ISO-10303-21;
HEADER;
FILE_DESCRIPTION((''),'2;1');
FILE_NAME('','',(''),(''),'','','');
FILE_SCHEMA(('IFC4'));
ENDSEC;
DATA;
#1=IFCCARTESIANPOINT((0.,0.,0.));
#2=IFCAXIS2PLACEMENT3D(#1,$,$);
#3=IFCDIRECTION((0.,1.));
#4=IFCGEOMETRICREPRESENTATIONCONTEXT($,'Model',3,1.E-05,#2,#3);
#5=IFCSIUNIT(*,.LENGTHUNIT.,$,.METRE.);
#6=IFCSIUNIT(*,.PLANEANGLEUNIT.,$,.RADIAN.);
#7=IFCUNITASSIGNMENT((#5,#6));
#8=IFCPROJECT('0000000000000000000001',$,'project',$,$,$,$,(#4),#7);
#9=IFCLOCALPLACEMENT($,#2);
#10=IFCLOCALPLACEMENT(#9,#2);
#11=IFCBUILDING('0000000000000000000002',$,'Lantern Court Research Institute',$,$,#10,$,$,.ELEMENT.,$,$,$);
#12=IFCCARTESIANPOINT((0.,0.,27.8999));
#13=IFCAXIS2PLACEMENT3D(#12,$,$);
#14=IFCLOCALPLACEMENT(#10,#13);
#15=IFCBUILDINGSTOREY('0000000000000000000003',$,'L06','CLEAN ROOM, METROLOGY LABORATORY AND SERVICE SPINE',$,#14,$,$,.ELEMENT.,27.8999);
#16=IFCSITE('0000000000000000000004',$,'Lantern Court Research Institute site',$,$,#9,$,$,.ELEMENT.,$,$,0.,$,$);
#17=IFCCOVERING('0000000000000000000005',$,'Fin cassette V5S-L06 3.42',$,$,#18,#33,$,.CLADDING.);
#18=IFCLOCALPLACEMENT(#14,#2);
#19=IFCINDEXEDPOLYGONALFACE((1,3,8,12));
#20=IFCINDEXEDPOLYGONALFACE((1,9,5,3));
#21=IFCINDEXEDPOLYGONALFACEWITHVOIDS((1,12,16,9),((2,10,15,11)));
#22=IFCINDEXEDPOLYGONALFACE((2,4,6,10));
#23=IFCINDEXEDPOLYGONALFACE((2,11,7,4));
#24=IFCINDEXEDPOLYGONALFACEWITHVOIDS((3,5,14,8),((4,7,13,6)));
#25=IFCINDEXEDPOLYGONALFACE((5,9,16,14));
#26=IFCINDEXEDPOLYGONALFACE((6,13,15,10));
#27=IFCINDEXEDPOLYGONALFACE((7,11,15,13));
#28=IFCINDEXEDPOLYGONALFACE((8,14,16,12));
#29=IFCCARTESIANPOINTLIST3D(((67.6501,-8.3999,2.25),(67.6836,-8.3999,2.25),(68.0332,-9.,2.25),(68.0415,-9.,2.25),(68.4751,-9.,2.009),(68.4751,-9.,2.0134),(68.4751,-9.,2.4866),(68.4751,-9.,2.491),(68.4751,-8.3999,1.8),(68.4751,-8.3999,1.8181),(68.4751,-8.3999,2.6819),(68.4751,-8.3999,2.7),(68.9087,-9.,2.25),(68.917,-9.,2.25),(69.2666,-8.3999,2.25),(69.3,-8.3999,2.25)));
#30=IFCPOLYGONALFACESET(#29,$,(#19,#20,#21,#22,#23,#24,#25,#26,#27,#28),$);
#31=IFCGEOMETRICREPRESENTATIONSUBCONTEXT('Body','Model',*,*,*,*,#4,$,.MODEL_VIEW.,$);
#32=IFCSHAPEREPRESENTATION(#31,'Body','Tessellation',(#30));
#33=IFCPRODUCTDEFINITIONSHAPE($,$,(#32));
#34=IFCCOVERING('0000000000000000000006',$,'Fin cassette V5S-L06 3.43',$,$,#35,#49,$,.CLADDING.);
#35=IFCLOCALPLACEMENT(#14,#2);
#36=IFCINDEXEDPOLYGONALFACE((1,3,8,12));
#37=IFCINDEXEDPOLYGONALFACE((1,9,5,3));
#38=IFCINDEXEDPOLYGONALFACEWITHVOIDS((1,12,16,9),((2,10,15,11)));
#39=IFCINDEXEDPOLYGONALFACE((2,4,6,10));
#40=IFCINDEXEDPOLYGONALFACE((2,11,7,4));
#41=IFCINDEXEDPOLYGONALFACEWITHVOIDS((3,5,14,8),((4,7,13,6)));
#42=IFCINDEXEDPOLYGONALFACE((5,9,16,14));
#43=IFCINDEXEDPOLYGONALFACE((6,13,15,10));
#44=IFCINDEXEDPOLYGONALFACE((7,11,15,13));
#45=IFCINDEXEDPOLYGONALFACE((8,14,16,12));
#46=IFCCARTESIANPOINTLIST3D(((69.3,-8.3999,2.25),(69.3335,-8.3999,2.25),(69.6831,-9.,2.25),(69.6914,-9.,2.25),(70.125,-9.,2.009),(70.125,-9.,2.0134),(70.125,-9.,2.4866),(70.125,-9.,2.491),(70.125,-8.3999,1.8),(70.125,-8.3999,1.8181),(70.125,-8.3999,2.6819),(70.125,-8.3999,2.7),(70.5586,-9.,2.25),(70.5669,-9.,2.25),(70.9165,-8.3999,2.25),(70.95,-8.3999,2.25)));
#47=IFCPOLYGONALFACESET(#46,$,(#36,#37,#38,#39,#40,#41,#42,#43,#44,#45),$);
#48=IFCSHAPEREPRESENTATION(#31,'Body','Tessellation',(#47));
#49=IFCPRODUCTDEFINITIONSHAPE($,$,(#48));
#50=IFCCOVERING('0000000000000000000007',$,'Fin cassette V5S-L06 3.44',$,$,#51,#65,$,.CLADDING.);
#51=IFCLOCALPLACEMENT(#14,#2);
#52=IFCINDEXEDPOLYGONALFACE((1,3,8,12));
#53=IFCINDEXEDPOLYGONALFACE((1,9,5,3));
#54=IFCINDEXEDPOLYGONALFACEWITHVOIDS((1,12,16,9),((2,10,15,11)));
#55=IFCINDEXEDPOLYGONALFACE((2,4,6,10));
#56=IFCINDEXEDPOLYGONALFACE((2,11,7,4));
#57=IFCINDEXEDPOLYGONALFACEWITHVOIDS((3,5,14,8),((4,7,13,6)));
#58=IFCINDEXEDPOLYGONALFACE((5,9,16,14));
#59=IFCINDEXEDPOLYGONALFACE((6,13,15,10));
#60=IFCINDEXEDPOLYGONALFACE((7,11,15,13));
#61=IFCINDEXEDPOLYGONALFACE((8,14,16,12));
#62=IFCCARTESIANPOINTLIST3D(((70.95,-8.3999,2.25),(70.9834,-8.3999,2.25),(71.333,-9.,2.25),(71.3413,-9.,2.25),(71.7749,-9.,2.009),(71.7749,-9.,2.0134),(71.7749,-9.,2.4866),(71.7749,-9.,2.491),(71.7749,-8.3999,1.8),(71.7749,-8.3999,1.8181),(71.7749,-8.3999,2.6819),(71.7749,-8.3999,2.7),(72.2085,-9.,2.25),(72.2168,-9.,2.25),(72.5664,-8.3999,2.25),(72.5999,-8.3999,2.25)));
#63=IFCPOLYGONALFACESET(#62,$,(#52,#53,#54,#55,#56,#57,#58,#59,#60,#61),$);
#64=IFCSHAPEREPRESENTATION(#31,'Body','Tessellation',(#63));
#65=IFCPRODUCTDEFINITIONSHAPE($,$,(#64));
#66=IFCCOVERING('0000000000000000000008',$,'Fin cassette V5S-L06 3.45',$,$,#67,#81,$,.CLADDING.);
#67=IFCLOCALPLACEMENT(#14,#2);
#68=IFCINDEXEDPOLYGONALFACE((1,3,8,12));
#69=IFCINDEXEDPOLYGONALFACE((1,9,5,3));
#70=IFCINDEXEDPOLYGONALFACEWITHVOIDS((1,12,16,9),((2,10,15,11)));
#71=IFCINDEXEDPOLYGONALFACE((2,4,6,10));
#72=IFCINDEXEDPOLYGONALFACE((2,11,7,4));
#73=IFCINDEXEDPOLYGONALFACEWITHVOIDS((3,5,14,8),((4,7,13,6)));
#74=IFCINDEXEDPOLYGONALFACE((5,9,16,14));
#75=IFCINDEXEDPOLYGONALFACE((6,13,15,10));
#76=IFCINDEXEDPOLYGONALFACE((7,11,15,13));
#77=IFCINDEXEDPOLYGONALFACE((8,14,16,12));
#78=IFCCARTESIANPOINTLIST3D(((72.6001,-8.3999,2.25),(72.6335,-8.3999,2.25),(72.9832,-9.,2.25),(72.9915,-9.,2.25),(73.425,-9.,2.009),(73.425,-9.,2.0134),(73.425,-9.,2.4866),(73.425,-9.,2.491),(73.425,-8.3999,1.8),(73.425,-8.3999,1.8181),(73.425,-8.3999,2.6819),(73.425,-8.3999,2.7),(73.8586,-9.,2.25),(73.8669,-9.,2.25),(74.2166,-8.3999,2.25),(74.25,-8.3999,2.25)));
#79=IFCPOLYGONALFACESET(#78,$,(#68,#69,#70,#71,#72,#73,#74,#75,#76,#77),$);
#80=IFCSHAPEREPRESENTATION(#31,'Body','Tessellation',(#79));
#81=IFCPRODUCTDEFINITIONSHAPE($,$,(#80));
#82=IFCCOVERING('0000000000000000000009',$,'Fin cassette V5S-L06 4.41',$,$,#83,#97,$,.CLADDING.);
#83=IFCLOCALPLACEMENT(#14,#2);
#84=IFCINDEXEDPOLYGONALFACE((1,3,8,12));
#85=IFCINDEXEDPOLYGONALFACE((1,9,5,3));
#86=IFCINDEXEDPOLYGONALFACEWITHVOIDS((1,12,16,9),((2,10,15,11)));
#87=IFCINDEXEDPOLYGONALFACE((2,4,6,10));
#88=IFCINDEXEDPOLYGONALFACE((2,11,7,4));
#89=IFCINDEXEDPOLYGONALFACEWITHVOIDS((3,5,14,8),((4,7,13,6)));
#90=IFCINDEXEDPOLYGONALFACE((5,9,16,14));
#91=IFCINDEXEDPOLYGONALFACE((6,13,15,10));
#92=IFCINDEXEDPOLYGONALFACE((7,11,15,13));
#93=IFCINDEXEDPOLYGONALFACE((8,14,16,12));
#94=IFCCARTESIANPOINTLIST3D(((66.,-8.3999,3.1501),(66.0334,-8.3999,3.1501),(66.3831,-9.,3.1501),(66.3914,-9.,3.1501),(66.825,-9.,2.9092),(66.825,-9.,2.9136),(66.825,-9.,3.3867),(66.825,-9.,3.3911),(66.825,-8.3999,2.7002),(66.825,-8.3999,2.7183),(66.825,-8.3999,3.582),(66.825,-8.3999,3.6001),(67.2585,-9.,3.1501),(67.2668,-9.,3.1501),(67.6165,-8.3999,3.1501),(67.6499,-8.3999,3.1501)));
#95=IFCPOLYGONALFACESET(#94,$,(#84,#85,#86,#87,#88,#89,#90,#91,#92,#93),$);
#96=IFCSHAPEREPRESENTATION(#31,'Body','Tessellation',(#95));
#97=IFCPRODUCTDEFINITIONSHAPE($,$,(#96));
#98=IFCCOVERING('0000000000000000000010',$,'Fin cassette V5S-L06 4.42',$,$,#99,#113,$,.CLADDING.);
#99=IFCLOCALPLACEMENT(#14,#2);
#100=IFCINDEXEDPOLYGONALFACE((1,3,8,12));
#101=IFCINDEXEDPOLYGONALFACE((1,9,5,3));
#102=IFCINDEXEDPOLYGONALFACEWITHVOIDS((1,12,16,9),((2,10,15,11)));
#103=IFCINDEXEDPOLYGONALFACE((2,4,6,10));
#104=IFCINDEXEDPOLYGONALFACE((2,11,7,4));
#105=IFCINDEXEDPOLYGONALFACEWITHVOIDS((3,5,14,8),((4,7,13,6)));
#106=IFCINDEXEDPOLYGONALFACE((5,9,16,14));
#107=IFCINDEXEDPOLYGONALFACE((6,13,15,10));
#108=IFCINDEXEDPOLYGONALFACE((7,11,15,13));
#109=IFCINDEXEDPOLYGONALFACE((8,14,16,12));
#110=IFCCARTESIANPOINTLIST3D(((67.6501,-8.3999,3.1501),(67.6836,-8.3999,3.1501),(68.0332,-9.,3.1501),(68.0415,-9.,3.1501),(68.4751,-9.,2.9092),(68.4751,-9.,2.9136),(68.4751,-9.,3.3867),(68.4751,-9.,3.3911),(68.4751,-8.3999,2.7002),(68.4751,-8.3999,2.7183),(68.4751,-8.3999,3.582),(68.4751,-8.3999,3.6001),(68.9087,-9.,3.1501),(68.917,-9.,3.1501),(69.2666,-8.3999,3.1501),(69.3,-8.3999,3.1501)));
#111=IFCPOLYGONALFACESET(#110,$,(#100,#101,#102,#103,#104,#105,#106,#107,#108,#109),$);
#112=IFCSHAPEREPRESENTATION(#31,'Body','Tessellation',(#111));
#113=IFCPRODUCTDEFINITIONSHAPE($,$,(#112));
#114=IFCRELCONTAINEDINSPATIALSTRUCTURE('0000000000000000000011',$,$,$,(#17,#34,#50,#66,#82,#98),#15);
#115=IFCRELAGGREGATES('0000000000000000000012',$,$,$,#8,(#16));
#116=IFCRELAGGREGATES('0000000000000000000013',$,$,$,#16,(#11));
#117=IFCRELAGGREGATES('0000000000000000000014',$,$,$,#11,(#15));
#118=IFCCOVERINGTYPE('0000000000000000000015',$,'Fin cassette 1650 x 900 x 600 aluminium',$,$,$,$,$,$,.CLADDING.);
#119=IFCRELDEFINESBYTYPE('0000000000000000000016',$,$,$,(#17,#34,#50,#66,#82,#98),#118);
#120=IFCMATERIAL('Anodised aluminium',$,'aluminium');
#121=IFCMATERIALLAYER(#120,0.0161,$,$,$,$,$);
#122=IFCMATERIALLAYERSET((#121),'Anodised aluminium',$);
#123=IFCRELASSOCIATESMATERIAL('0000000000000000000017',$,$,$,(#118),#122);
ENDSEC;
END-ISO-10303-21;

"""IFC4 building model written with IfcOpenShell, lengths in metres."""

from ifc_helpers import new_model, entity, si_unit, direction, frame, origin, place, context, subcontext, project, spatial, material, layer, layer_set, type_object, element, save


model = new_model("IFC4")

# Units and contexts
model_context = context("Model", 3, precision=1e-05, world=origin(), true_north=direction((0.0, 1.0)))
body_context = subcontext(model_context, "Body", "Model", "MODEL_VIEW")
ifc_project = project(units=[si_unit("LENGTHUNIT", "METRE"), si_unit("PLANEANGLEUNIT", "RADIAN")], contexts=[model_context])

# Site, building, storey
site_placement = place(None, origin())
site = spatial("IfcSite", under=ifc_project, at=site_placement, Name="Lantern Court Research Institute site", CompositionType="ELEMENT", RefElevation=0.0)
building_placement = place(site_placement, origin())
building = spatial("IfcBuilding", under=site, at=building_placement, Name="Lantern Court Research Institute", CompositionType="ELEMENT")
storey_placement = place(building_placement, frame((0.0, 0.0, 27.8999)))
storey = spatial("IfcBuildingStorey", under=building, at=storey_placement, Name="L06", Description="CLEAN ROOM, METROLOGY LABORATORY AND SERVICE SPINE", CompositionType="ELEMENT", Elevation=27.8999)

# Coverings
ifc_material_1 = material(Name="Anodised aluminium", Category="aluminium")
ifc_layer_1 = layer(ifc_material_1, 0.0161)
ifc_layer_set_1 = layer_set([ifc_layer_1], Name="Anodised aluminium")
covering_type = type_object("IfcCoveringType", Name="Fin cassette 1650 x 900 x 600 aluminium", PredefinedType="CLADDING", material=ifc_layer_set_1)
covering_1_placement = place(storey_placement, frame((68.4751, -8.3999, 2.25), z_axis=(0.0, -1.0, 0.0), x_axis=(1.0, 0.0, 0.0)))
cartesian_point_1 = entity("IfcCartesianPoint", [0.825, 0.0])
cartesian_point_2 = entity("IfcCartesianPoint", [0.7915, 0.0])
cartesian_point_3 = entity("IfcCartesianPoint", [0.4419, 0.0])
cartesian_point_4 = entity("IfcCartesianPoint", [0.4336, 0.0])
element("IfcCovering", 1, at=covering_1_placement, inside=storey, type_object=covering_type, Name="Fin cassette V5S-L06 3.42", PredefinedType="CLADDING", context=body_context, shape_type="SweptSolid", body=[
    entity("IfcExtrudedAreaSolidTapered", entity("IfcArbitraryProfileDefWithVoids", "AREA", None, entity("IfcPolyline", [cartesian_point_1, entity("IfcCartesianPoint", [0.0, 0.45]), entity("IfcCartesianPoint", [-0.825, 0.0]), entity("IfcCartesianPoint", [0.0, -0.45]), cartesian_point_1]), [entity("IfcPolyline", [cartesian_point_2, entity("IfcCartesianPoint", [0.0, 0.4319]), entity("IfcCartesianPoint", [-0.7915, 0.0]), entity("IfcCartesianPoint", [0.0, -0.4319]), cartesian_point_2])]), entity("IfcAxis2Placement3D", entity("IfcCartesianPoint", [0.0, 0.0, 0.0])), entity("IfcDirection", [0.0, 0.0, 1.0]), 0.6001, entity("IfcArbitraryProfileDefWithVoids", "AREA", None, entity("IfcPolyline", [cartesian_point_3, entity("IfcCartesianPoint", [0.0, 0.241]), entity("IfcCartesianPoint", [-0.4419, 0.0]), entity("IfcCartesianPoint", [0.0, -0.241]), cartesian_point_3]), [entity("IfcPolyline", [cartesian_point_4, entity("IfcCartesianPoint", [0.0, 0.2366]), entity("IfcCartesianPoint", [-0.4336, 0.0]), entity("IfcCartesianPoint", [0.0, -0.2366]), cartesian_point_4])])),
])
covering_2_placement = place(storey_placement, frame((70.125, -8.3999, 2.25), z_axis=(0.0, -1.0, 0.0), x_axis=(1.0, 0.0, 0.0)))
cartesian_point_5 = entity("IfcCartesianPoint", [0.825, 0.0])
cartesian_point_6 = entity("IfcCartesianPoint", [0.7915, 0.0])
cartesian_point_7 = entity("IfcCartesianPoint", [0.4419, 0.0])
cartesian_point_8 = entity("IfcCartesianPoint", [0.4336, 0.0])
element("IfcCovering", 2, at=covering_2_placement, inside=storey, type_object=covering_type, Name="Fin cassette V5S-L06 3.43", PredefinedType="CLADDING", context=body_context, shape_type="SweptSolid", body=[
    entity("IfcExtrudedAreaSolidTapered", entity("IfcArbitraryProfileDefWithVoids", "AREA", None, entity("IfcPolyline", [cartesian_point_5, entity("IfcCartesianPoint", [0.0, 0.45]), entity("IfcCartesianPoint", [-0.825, 0.0]), entity("IfcCartesianPoint", [0.0, -0.45]), cartesian_point_5]), [entity("IfcPolyline", [cartesian_point_6, entity("IfcCartesianPoint", [0.0, 0.4319]), entity("IfcCartesianPoint", [-0.7915, 0.0]), entity("IfcCartesianPoint", [0.0, -0.4319]), cartesian_point_6])]), entity("IfcAxis2Placement3D", entity("IfcCartesianPoint", [0.0, 0.0, 0.0])), entity("IfcDirection", [0.0, 0.0, 1.0]), 0.6001, entity("IfcArbitraryProfileDefWithVoids", "AREA", None, entity("IfcPolyline", [cartesian_point_7, entity("IfcCartesianPoint", [0.0, 0.241]), entity("IfcCartesianPoint", [-0.4419, 0.0]), entity("IfcCartesianPoint", [0.0, -0.241]), cartesian_point_7]), [entity("IfcPolyline", [cartesian_point_8, entity("IfcCartesianPoint", [0.0, 0.2366]), entity("IfcCartesianPoint", [-0.4336, 0.0]), entity("IfcCartesianPoint", [0.0, -0.2366]), cartesian_point_8])])),
])
covering_3_placement = place(storey_placement, frame((71.7749, -8.3999, 2.25), z_axis=(0.0, -1.0, 0.0), x_axis=(1.0, 0.0, 0.0)))
cartesian_point_9 = entity("IfcCartesianPoint", [0.825, 0.0])
cartesian_point_10 = entity("IfcCartesianPoint", [0.7915, 0.0])
cartesian_point_11 = entity("IfcCartesianPoint", [0.4419, 0.0])
cartesian_point_12 = entity("IfcCartesianPoint", [0.4336, 0.0])
element("IfcCovering", 3, at=covering_3_placement, inside=storey, type_object=covering_type, Name="Fin cassette V5S-L06 3.44", PredefinedType="CLADDING", context=body_context, shape_type="SweptSolid", body=[
    entity("IfcExtrudedAreaSolidTapered", entity("IfcArbitraryProfileDefWithVoids", "AREA", None, entity("IfcPolyline", [cartesian_point_9, entity("IfcCartesianPoint", [0.0, 0.45]), entity("IfcCartesianPoint", [-0.825, 0.0]), entity("IfcCartesianPoint", [0.0, -0.45]), cartesian_point_9]), [entity("IfcPolyline", [cartesian_point_10, entity("IfcCartesianPoint", [0.0, 0.4319]), entity("IfcCartesianPoint", [-0.7915, 0.0]), entity("IfcCartesianPoint", [0.0, -0.4319]), cartesian_point_10])]), entity("IfcAxis2Placement3D", entity("IfcCartesianPoint", [0.0, 0.0, 0.0])), entity("IfcDirection", [0.0, 0.0, 1.0]), 0.6001, entity("IfcArbitraryProfileDefWithVoids", "AREA", None, entity("IfcPolyline", [cartesian_point_11, entity("IfcCartesianPoint", [0.0, 0.241]), entity("IfcCartesianPoint", [-0.4419, 0.0]), entity("IfcCartesianPoint", [0.0, -0.241]), cartesian_point_11]), [entity("IfcPolyline", [cartesian_point_12, entity("IfcCartesianPoint", [0.0, 0.2366]), entity("IfcCartesianPoint", [-0.4336, 0.0]), entity("IfcCartesianPoint", [0.0, -0.2366]), cartesian_point_12])])),
])
covering_4_placement = place(storey_placement, frame((73.425, -8.3999, 2.25), z_axis=(0.0, -1.0, 0.0), x_axis=(1.0, 0.0, 0.0)))
cartesian_point_13 = entity("IfcCartesianPoint", [0.825, 0.0])
cartesian_point_14 = entity("IfcCartesianPoint", [0.7915, 0.0])
cartesian_point_15 = entity("IfcCartesianPoint", [0.4419, 0.0])
cartesian_point_16 = entity("IfcCartesianPoint", [0.4336, 0.0])
element("IfcCovering", 4, at=covering_4_placement, inside=storey, type_object=covering_type, Name="Fin cassette V5S-L06 3.45", PredefinedType="CLADDING", context=body_context, shape_type="SweptSolid", body=[
    entity("IfcExtrudedAreaSolidTapered", entity("IfcArbitraryProfileDefWithVoids", "AREA", None, entity("IfcPolyline", [cartesian_point_13, entity("IfcCartesianPoint", [0.0, 0.45]), entity("IfcCartesianPoint", [-0.825, 0.0]), entity("IfcCartesianPoint", [0.0, -0.45]), cartesian_point_13]), [entity("IfcPolyline", [cartesian_point_14, entity("IfcCartesianPoint", [0.0, 0.4319]), entity("IfcCartesianPoint", [-0.7915, 0.0]), entity("IfcCartesianPoint", [0.0, -0.4319]), cartesian_point_14])]), entity("IfcAxis2Placement3D", entity("IfcCartesianPoint", [0.0, 0.0, 0.0])), entity("IfcDirection", [0.0, 0.0, 1.0]), 0.6001, entity("IfcArbitraryProfileDefWithVoids", "AREA", None, entity("IfcPolyline", [cartesian_point_15, entity("IfcCartesianPoint", [0.0, 0.241]), entity("IfcCartesianPoint", [-0.4419, 0.0]), entity("IfcCartesianPoint", [0.0, -0.241]), cartesian_point_15]), [entity("IfcPolyline", [cartesian_point_16, entity("IfcCartesianPoint", [0.0, 0.2366]), entity("IfcCartesianPoint", [-0.4336, 0.0]), entity("IfcCartesianPoint", [0.0, -0.2366]), cartesian_point_16])])),
])
covering_5_placement = place(storey_placement, frame((66.825, -8.3999, 3.1501), z_axis=(0.0, -1.0, 0.0), x_axis=(1.0, 0.0, 0.0)))
cartesian_point_17 = entity("IfcCartesianPoint", [0.825, 0.0])
cartesian_point_18 = entity("IfcCartesianPoint", [0.7915, 0.0])
cartesian_point_19 = entity("IfcCartesianPoint", [0.4419, 0.0])
cartesian_point_20 = entity("IfcCartesianPoint", [0.4336, 0.0])
element("IfcCovering", 5, at=covering_5_placement, inside=storey, type_object=covering_type, Name="Fin cassette V5S-L06 4.41", PredefinedType="CLADDING", context=body_context, shape_type="SweptSolid", body=[
    entity("IfcExtrudedAreaSolidTapered", entity("IfcArbitraryProfileDefWithVoids", "AREA", None, entity("IfcPolyline", [cartesian_point_17, entity("IfcCartesianPoint", [0.0, 0.45]), entity("IfcCartesianPoint", [-0.825, 0.0]), entity("IfcCartesianPoint", [0.0, -0.45]), cartesian_point_17]), [entity("IfcPolyline", [cartesian_point_18, entity("IfcCartesianPoint", [0.0, 0.4319]), entity("IfcCartesianPoint", [-0.7915, 0.0]), entity("IfcCartesianPoint", [0.0, -0.4319]), cartesian_point_18])]), entity("IfcAxis2Placement3D", entity("IfcCartesianPoint", [0.0, 0.0, 0.0])), entity("IfcDirection", [0.0, 0.0, 1.0]), 0.6001, entity("IfcArbitraryProfileDefWithVoids", "AREA", None, entity("IfcPolyline", [cartesian_point_19, entity("IfcCartesianPoint", [0.0, 0.241]), entity("IfcCartesianPoint", [-0.4419, 0.0]), entity("IfcCartesianPoint", [0.0, -0.241]), cartesian_point_19]), [entity("IfcPolyline", [cartesian_point_20, entity("IfcCartesianPoint", [0.0, 0.2366]), entity("IfcCartesianPoint", [-0.4336, 0.0]), entity("IfcCartesianPoint", [0.0, -0.2366]), cartesian_point_20])])),
])
covering_6_placement = place(storey_placement, frame((68.4751, -8.3999, 3.1501), z_axis=(0.0, -1.0, 0.0), x_axis=(1.0, 0.0, 0.0)))
cartesian_point_21 = entity("IfcCartesianPoint", [0.825, 0.0])
cartesian_point_22 = entity("IfcCartesianPoint", [0.7915, 0.0])
cartesian_point_23 = entity("IfcCartesianPoint", [0.4419, 0.0])
cartesian_point_24 = entity("IfcCartesianPoint", [0.4336, 0.0])
element("IfcCovering", 6, at=covering_6_placement, inside=storey, type_object=covering_type, Name="Fin cassette V5S-L06 4.42", PredefinedType="CLADDING", context=body_context, shape_type="SweptSolid", body=[
    entity("IfcExtrudedAreaSolidTapered", entity("IfcArbitraryProfileDefWithVoids", "AREA", None, entity("IfcPolyline", [cartesian_point_21, entity("IfcCartesianPoint", [0.0, 0.45]), entity("IfcCartesianPoint", [-0.825, 0.0]), entity("IfcCartesianPoint", [0.0, -0.45]), cartesian_point_21]), [entity("IfcPolyline", [cartesian_point_22, entity("IfcCartesianPoint", [0.0, 0.4319]), entity("IfcCartesianPoint", [-0.7915, 0.0]), entity("IfcCartesianPoint", [0.0, -0.4319]), cartesian_point_22])]), entity("IfcAxis2Placement3D", entity("IfcCartesianPoint", [0.0, 0.0, 0.0])), entity("IfcDirection", [0.0, 0.0, 1.0]), 0.6001, entity("IfcArbitraryProfileDefWithVoids", "AREA", None, entity("IfcPolyline", [cartesian_point_23, entity("IfcCartesianPoint", [0.0, 0.241]), entity("IfcCartesianPoint", [-0.4419, 0.0]), entity("IfcCartesianPoint", [0.0, -0.241]), cartesian_point_23]), [entity("IfcPolyline", [cartesian_point_24, entity("IfcCartesianPoint", [0.0, 0.2366]), entity("IfcCartesianPoint", [-0.4336, 0.0]), entity("IfcCartesianPoint", [0.0, -0.2366]), cartesian_point_24])])),
])

save(model, "model.ifc")
